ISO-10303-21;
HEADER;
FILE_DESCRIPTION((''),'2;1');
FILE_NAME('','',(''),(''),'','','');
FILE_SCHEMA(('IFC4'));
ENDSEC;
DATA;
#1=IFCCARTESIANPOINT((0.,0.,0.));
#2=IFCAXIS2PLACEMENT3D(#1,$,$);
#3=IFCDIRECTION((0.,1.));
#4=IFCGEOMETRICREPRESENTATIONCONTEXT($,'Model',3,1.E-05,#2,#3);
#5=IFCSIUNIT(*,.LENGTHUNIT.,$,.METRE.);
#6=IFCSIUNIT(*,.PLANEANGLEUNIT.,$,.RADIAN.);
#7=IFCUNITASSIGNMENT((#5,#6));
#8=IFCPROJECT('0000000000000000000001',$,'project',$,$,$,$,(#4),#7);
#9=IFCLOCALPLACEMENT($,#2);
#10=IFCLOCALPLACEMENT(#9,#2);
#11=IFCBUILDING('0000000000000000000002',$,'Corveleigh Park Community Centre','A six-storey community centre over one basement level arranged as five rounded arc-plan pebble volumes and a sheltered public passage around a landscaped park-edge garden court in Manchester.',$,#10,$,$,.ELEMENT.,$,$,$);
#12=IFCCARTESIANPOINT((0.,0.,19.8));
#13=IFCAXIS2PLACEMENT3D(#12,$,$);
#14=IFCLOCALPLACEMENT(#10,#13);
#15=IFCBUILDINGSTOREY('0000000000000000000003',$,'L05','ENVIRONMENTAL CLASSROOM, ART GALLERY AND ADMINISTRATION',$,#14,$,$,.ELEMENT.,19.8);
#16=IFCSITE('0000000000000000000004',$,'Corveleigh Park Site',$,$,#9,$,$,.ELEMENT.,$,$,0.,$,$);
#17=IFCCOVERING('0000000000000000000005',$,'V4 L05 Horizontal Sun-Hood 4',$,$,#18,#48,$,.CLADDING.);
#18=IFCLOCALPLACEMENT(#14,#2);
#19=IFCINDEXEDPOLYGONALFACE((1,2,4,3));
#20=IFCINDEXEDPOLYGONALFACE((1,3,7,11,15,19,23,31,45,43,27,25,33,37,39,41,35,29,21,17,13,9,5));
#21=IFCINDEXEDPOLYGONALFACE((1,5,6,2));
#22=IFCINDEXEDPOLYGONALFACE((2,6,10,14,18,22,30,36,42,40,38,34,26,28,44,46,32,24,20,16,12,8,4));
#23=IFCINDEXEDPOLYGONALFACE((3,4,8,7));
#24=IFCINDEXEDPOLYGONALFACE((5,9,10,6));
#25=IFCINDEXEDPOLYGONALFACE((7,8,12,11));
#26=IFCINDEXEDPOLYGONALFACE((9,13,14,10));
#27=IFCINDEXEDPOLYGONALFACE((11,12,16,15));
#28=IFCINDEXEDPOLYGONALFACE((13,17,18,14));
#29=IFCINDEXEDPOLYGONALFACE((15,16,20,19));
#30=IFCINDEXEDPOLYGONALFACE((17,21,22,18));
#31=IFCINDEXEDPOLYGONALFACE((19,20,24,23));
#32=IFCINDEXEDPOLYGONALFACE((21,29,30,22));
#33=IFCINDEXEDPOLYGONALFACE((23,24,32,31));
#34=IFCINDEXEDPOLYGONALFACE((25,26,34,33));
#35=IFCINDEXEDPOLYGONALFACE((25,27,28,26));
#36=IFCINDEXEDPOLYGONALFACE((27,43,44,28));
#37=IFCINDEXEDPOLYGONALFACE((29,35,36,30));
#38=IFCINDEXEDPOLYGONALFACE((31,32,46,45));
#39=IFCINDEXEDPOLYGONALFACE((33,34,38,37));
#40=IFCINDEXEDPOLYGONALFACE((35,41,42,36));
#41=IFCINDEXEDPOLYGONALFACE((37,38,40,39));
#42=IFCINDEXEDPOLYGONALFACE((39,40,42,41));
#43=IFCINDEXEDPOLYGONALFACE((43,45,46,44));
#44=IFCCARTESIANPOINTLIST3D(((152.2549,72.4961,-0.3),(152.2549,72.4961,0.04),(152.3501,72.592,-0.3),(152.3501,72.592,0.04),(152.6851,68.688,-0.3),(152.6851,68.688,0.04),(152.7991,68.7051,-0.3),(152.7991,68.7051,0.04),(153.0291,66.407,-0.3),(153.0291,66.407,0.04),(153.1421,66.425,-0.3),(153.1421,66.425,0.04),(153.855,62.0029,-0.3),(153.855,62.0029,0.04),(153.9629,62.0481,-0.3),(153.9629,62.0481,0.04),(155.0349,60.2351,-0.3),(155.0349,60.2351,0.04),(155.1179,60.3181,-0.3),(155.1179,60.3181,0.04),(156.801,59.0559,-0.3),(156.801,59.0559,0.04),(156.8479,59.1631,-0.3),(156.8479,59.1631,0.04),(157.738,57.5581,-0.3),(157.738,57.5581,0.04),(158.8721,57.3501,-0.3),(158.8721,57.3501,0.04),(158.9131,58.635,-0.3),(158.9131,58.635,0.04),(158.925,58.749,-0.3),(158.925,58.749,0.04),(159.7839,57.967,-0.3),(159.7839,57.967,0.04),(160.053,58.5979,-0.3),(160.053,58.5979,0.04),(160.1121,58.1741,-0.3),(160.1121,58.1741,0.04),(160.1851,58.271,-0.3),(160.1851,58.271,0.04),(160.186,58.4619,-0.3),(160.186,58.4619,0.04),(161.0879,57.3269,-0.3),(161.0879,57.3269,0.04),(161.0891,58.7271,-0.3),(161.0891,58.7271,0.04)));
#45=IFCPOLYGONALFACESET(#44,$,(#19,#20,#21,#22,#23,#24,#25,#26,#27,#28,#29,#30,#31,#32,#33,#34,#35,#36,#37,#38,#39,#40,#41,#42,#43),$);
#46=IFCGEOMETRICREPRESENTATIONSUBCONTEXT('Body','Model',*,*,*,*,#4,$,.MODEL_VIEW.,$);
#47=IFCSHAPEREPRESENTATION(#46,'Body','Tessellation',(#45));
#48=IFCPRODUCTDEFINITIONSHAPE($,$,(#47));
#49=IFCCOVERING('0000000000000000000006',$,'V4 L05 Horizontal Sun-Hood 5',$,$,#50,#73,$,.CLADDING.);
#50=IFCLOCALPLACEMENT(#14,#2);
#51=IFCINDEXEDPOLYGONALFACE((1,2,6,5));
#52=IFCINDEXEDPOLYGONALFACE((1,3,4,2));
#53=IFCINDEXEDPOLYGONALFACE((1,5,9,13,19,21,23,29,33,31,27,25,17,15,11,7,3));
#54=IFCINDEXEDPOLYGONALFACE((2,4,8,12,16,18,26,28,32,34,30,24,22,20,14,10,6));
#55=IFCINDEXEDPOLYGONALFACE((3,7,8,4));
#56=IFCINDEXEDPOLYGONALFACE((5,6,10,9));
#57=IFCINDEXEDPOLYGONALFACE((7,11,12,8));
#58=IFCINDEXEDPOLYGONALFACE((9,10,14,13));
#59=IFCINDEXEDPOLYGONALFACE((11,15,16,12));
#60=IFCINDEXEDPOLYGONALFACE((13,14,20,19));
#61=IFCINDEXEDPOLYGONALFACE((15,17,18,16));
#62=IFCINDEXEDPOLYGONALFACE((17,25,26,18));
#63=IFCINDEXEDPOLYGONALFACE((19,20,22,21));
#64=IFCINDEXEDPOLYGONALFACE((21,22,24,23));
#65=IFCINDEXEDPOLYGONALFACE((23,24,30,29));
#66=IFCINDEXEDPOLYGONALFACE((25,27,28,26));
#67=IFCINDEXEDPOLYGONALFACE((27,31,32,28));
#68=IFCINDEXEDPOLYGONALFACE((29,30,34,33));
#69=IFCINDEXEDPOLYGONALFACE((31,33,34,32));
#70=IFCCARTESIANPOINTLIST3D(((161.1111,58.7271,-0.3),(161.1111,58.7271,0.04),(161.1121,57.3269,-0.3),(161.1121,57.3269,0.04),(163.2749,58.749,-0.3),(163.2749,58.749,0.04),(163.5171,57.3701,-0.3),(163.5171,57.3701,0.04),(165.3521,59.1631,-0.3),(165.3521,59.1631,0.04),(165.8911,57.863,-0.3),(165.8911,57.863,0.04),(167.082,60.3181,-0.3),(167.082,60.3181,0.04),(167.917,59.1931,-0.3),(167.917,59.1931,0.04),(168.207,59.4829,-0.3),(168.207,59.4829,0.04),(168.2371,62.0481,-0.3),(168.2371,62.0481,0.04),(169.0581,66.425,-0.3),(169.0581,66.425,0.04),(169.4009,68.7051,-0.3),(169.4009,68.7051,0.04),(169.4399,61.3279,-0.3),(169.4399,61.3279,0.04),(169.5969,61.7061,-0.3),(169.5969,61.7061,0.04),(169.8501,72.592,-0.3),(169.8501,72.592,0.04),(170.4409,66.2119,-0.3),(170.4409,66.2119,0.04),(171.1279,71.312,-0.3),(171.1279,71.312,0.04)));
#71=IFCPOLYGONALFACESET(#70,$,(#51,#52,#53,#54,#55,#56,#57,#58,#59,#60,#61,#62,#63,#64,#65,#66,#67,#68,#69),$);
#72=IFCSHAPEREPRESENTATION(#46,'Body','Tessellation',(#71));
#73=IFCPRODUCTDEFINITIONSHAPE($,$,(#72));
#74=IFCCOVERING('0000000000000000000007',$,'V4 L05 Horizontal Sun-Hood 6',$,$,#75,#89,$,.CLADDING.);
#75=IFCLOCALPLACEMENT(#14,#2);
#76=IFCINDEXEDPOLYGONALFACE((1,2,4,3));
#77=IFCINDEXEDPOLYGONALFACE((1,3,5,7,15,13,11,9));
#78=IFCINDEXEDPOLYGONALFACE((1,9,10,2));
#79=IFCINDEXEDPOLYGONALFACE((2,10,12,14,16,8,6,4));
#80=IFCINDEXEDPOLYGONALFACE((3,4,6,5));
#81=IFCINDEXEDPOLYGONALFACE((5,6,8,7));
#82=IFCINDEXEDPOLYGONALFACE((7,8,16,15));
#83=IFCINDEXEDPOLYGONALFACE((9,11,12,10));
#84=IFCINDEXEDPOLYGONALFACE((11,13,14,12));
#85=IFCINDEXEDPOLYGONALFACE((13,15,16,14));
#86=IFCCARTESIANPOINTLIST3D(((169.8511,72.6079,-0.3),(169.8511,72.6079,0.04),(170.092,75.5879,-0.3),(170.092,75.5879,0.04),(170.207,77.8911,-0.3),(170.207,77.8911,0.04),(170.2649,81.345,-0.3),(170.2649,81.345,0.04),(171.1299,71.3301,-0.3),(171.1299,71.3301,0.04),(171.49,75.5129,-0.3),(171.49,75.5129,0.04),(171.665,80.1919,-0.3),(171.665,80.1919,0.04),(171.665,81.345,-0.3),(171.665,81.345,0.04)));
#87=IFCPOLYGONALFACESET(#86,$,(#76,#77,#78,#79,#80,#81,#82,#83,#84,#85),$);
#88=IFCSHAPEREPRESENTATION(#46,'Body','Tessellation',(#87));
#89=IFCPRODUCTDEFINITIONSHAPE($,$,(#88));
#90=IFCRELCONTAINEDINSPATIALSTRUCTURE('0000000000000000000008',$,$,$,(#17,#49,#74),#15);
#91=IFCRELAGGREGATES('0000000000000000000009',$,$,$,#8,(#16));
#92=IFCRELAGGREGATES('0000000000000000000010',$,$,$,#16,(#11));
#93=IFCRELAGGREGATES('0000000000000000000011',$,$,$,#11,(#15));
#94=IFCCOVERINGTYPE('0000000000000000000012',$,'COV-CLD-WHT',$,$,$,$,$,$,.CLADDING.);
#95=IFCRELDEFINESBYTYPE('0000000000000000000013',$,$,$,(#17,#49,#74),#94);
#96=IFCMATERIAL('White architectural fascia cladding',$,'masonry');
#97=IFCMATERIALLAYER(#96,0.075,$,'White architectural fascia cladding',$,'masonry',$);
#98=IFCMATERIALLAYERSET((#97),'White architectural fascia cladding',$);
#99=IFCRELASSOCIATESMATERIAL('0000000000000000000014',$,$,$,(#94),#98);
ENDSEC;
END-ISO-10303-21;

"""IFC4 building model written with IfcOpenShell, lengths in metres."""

from ifc_helpers import new_model, si_unit, direction, frame, origin, place, context, subcontext, project, spatial, polyline, outline, extrude, material, layer, layer_set, type_object, element, save


model = new_model("IFC4")

# Units and contexts
model_context = context("Model", 3, precision=1e-05, world=origin(), true_north=direction((0.0, 1.0)))
body_context = subcontext(model_context, "Body", "Model", "MODEL_VIEW")
ifc_project = project(units=[si_unit("LENGTHUNIT", "METRE"), si_unit("PLANEANGLEUNIT", "RADIAN")], contexts=[model_context])

# Site, building, storey
site_placement = place(None, origin())
site = spatial("IfcSite", under=ifc_project, at=site_placement, Name="Corveleigh Park Site", CompositionType="ELEMENT", RefElevation=0.0)
building_placement = place(site_placement, origin())
building = spatial("IfcBuilding", under=site, at=building_placement, Name="Corveleigh Park Community Centre", Description="A six-storey community centre over one basement level arranged as five rounded arc-plan pebble volumes and a sheltered public passage around a landscaped park-edge garden court in Manchester.", CompositionType="ELEMENT")
storey_placement = place(building_placement, frame((0.0, 0.0, 19.8)))
storey = spatial("IfcBuildingStorey", under=building, at=storey_placement, Name="L05", Description="ENVIRONMENTAL CLASSROOM, ART GALLERY AND ADMINISTRATION", CompositionType="ELEMENT", Elevation=19.8)

# Coverings
ifc_material_1 = material(Name="White architectural fascia cladding", Category="masonry")
ifc_layer_1 = layer(ifc_material_1, 0.075, Name="White architectural fascia cladding", Category="masonry")
ifc_layer_set_1 = layer_set([ifc_layer_1], Name="White architectural fascia cladding")
covering_type_1 = type_object("IfcCoveringType", Name="COV-CLD-WHT", PredefinedType="CLADDING", material=ifc_layer_set_1)
covering_1_placement = place(storey_placement, frame((0.0, 0.0, -0.3)))
element("IfcCovering", 1, at=covering_1_placement, inside=storey, type_object=covering_type_1, Name="V4 L05 Horizontal Sun-Hood 4", PredefinedType="CLADDING", context=body_context, shape_type="SweptSolid", body=[
    extrude(outline(polyline([(159.7839, 57.967), (160.1121, 58.1741), (160.1851, 58.271), (160.186, 58.4619), (160.053, 58.5979), (158.9131, 58.635), (156.801, 59.0559), (155.0349, 60.2351), (153.855, 62.0029), (153.0291, 66.407), (152.6851, 68.688), (152.2549, 72.4961), (152.3501, 72.592), (152.7991, 68.7051), (153.1421, 66.425), (153.9629, 62.0481), (155.1179, 60.3181), (156.8479, 59.1631), (158.925, 58.749), (161.0891, 58.7271), (161.0879, 57.3269), (158.8721, 57.3501), (157.738, 57.5581), (159.7839, 57.967)])), origin(), (0.0, 0.0, 1.0), 0.3401),
])
covering_2_placement = place(storey_placement, frame((0.0, 0.0, -0.3)))
element("IfcCovering", 2, at=covering_2_placement, inside=storey, type_object=covering_type_1, Name="V4 L05 Horizontal Sun-Hood 5", PredefinedType="CLADDING", context=body_context, shape_type="SweptSolid", body=[
    extrude(outline(polyline([(171.1279, 71.312), (170.4409, 66.2119), (169.5969, 61.7061), (169.4399, 61.3279), (168.207, 59.4829), (167.917, 59.1931), (165.8911, 57.863), (163.5171, 57.3701), (161.1121, 57.3269), (161.1111, 58.7271), (163.2749, 58.749), (165.3521, 59.1631), (167.082, 60.3181), (168.2371, 62.0481), (169.0581, 66.425), (169.4009, 68.7051), (169.8501, 72.592), (171.1279, 71.312)])), origin(), (0.0, 0.0, 1.0), 0.3401),
])
covering_3_placement = place(storey_placement, frame((0.0, 0.0, -0.3)))
element("IfcCovering", 3, at=covering_3_placement, inside=storey, type_object=covering_type_1, Name="V4 L05 Horizontal Sun-Hood 6", PredefinedType="CLADDING", context=body_context, shape_type="SweptSolid", body=[
    extrude(outline(polyline([(171.665, 80.1919), (171.49, 75.5129), (171.1299, 71.3301), (169.8511, 72.6079), (170.092, 75.5879), (170.207, 77.8911), (170.2649, 81.345), (171.665, 81.345), (171.665, 80.1919)])), origin(), (0.0, 0.0, 1.0), 0.3401),
])

save(model, "model.ifc")
